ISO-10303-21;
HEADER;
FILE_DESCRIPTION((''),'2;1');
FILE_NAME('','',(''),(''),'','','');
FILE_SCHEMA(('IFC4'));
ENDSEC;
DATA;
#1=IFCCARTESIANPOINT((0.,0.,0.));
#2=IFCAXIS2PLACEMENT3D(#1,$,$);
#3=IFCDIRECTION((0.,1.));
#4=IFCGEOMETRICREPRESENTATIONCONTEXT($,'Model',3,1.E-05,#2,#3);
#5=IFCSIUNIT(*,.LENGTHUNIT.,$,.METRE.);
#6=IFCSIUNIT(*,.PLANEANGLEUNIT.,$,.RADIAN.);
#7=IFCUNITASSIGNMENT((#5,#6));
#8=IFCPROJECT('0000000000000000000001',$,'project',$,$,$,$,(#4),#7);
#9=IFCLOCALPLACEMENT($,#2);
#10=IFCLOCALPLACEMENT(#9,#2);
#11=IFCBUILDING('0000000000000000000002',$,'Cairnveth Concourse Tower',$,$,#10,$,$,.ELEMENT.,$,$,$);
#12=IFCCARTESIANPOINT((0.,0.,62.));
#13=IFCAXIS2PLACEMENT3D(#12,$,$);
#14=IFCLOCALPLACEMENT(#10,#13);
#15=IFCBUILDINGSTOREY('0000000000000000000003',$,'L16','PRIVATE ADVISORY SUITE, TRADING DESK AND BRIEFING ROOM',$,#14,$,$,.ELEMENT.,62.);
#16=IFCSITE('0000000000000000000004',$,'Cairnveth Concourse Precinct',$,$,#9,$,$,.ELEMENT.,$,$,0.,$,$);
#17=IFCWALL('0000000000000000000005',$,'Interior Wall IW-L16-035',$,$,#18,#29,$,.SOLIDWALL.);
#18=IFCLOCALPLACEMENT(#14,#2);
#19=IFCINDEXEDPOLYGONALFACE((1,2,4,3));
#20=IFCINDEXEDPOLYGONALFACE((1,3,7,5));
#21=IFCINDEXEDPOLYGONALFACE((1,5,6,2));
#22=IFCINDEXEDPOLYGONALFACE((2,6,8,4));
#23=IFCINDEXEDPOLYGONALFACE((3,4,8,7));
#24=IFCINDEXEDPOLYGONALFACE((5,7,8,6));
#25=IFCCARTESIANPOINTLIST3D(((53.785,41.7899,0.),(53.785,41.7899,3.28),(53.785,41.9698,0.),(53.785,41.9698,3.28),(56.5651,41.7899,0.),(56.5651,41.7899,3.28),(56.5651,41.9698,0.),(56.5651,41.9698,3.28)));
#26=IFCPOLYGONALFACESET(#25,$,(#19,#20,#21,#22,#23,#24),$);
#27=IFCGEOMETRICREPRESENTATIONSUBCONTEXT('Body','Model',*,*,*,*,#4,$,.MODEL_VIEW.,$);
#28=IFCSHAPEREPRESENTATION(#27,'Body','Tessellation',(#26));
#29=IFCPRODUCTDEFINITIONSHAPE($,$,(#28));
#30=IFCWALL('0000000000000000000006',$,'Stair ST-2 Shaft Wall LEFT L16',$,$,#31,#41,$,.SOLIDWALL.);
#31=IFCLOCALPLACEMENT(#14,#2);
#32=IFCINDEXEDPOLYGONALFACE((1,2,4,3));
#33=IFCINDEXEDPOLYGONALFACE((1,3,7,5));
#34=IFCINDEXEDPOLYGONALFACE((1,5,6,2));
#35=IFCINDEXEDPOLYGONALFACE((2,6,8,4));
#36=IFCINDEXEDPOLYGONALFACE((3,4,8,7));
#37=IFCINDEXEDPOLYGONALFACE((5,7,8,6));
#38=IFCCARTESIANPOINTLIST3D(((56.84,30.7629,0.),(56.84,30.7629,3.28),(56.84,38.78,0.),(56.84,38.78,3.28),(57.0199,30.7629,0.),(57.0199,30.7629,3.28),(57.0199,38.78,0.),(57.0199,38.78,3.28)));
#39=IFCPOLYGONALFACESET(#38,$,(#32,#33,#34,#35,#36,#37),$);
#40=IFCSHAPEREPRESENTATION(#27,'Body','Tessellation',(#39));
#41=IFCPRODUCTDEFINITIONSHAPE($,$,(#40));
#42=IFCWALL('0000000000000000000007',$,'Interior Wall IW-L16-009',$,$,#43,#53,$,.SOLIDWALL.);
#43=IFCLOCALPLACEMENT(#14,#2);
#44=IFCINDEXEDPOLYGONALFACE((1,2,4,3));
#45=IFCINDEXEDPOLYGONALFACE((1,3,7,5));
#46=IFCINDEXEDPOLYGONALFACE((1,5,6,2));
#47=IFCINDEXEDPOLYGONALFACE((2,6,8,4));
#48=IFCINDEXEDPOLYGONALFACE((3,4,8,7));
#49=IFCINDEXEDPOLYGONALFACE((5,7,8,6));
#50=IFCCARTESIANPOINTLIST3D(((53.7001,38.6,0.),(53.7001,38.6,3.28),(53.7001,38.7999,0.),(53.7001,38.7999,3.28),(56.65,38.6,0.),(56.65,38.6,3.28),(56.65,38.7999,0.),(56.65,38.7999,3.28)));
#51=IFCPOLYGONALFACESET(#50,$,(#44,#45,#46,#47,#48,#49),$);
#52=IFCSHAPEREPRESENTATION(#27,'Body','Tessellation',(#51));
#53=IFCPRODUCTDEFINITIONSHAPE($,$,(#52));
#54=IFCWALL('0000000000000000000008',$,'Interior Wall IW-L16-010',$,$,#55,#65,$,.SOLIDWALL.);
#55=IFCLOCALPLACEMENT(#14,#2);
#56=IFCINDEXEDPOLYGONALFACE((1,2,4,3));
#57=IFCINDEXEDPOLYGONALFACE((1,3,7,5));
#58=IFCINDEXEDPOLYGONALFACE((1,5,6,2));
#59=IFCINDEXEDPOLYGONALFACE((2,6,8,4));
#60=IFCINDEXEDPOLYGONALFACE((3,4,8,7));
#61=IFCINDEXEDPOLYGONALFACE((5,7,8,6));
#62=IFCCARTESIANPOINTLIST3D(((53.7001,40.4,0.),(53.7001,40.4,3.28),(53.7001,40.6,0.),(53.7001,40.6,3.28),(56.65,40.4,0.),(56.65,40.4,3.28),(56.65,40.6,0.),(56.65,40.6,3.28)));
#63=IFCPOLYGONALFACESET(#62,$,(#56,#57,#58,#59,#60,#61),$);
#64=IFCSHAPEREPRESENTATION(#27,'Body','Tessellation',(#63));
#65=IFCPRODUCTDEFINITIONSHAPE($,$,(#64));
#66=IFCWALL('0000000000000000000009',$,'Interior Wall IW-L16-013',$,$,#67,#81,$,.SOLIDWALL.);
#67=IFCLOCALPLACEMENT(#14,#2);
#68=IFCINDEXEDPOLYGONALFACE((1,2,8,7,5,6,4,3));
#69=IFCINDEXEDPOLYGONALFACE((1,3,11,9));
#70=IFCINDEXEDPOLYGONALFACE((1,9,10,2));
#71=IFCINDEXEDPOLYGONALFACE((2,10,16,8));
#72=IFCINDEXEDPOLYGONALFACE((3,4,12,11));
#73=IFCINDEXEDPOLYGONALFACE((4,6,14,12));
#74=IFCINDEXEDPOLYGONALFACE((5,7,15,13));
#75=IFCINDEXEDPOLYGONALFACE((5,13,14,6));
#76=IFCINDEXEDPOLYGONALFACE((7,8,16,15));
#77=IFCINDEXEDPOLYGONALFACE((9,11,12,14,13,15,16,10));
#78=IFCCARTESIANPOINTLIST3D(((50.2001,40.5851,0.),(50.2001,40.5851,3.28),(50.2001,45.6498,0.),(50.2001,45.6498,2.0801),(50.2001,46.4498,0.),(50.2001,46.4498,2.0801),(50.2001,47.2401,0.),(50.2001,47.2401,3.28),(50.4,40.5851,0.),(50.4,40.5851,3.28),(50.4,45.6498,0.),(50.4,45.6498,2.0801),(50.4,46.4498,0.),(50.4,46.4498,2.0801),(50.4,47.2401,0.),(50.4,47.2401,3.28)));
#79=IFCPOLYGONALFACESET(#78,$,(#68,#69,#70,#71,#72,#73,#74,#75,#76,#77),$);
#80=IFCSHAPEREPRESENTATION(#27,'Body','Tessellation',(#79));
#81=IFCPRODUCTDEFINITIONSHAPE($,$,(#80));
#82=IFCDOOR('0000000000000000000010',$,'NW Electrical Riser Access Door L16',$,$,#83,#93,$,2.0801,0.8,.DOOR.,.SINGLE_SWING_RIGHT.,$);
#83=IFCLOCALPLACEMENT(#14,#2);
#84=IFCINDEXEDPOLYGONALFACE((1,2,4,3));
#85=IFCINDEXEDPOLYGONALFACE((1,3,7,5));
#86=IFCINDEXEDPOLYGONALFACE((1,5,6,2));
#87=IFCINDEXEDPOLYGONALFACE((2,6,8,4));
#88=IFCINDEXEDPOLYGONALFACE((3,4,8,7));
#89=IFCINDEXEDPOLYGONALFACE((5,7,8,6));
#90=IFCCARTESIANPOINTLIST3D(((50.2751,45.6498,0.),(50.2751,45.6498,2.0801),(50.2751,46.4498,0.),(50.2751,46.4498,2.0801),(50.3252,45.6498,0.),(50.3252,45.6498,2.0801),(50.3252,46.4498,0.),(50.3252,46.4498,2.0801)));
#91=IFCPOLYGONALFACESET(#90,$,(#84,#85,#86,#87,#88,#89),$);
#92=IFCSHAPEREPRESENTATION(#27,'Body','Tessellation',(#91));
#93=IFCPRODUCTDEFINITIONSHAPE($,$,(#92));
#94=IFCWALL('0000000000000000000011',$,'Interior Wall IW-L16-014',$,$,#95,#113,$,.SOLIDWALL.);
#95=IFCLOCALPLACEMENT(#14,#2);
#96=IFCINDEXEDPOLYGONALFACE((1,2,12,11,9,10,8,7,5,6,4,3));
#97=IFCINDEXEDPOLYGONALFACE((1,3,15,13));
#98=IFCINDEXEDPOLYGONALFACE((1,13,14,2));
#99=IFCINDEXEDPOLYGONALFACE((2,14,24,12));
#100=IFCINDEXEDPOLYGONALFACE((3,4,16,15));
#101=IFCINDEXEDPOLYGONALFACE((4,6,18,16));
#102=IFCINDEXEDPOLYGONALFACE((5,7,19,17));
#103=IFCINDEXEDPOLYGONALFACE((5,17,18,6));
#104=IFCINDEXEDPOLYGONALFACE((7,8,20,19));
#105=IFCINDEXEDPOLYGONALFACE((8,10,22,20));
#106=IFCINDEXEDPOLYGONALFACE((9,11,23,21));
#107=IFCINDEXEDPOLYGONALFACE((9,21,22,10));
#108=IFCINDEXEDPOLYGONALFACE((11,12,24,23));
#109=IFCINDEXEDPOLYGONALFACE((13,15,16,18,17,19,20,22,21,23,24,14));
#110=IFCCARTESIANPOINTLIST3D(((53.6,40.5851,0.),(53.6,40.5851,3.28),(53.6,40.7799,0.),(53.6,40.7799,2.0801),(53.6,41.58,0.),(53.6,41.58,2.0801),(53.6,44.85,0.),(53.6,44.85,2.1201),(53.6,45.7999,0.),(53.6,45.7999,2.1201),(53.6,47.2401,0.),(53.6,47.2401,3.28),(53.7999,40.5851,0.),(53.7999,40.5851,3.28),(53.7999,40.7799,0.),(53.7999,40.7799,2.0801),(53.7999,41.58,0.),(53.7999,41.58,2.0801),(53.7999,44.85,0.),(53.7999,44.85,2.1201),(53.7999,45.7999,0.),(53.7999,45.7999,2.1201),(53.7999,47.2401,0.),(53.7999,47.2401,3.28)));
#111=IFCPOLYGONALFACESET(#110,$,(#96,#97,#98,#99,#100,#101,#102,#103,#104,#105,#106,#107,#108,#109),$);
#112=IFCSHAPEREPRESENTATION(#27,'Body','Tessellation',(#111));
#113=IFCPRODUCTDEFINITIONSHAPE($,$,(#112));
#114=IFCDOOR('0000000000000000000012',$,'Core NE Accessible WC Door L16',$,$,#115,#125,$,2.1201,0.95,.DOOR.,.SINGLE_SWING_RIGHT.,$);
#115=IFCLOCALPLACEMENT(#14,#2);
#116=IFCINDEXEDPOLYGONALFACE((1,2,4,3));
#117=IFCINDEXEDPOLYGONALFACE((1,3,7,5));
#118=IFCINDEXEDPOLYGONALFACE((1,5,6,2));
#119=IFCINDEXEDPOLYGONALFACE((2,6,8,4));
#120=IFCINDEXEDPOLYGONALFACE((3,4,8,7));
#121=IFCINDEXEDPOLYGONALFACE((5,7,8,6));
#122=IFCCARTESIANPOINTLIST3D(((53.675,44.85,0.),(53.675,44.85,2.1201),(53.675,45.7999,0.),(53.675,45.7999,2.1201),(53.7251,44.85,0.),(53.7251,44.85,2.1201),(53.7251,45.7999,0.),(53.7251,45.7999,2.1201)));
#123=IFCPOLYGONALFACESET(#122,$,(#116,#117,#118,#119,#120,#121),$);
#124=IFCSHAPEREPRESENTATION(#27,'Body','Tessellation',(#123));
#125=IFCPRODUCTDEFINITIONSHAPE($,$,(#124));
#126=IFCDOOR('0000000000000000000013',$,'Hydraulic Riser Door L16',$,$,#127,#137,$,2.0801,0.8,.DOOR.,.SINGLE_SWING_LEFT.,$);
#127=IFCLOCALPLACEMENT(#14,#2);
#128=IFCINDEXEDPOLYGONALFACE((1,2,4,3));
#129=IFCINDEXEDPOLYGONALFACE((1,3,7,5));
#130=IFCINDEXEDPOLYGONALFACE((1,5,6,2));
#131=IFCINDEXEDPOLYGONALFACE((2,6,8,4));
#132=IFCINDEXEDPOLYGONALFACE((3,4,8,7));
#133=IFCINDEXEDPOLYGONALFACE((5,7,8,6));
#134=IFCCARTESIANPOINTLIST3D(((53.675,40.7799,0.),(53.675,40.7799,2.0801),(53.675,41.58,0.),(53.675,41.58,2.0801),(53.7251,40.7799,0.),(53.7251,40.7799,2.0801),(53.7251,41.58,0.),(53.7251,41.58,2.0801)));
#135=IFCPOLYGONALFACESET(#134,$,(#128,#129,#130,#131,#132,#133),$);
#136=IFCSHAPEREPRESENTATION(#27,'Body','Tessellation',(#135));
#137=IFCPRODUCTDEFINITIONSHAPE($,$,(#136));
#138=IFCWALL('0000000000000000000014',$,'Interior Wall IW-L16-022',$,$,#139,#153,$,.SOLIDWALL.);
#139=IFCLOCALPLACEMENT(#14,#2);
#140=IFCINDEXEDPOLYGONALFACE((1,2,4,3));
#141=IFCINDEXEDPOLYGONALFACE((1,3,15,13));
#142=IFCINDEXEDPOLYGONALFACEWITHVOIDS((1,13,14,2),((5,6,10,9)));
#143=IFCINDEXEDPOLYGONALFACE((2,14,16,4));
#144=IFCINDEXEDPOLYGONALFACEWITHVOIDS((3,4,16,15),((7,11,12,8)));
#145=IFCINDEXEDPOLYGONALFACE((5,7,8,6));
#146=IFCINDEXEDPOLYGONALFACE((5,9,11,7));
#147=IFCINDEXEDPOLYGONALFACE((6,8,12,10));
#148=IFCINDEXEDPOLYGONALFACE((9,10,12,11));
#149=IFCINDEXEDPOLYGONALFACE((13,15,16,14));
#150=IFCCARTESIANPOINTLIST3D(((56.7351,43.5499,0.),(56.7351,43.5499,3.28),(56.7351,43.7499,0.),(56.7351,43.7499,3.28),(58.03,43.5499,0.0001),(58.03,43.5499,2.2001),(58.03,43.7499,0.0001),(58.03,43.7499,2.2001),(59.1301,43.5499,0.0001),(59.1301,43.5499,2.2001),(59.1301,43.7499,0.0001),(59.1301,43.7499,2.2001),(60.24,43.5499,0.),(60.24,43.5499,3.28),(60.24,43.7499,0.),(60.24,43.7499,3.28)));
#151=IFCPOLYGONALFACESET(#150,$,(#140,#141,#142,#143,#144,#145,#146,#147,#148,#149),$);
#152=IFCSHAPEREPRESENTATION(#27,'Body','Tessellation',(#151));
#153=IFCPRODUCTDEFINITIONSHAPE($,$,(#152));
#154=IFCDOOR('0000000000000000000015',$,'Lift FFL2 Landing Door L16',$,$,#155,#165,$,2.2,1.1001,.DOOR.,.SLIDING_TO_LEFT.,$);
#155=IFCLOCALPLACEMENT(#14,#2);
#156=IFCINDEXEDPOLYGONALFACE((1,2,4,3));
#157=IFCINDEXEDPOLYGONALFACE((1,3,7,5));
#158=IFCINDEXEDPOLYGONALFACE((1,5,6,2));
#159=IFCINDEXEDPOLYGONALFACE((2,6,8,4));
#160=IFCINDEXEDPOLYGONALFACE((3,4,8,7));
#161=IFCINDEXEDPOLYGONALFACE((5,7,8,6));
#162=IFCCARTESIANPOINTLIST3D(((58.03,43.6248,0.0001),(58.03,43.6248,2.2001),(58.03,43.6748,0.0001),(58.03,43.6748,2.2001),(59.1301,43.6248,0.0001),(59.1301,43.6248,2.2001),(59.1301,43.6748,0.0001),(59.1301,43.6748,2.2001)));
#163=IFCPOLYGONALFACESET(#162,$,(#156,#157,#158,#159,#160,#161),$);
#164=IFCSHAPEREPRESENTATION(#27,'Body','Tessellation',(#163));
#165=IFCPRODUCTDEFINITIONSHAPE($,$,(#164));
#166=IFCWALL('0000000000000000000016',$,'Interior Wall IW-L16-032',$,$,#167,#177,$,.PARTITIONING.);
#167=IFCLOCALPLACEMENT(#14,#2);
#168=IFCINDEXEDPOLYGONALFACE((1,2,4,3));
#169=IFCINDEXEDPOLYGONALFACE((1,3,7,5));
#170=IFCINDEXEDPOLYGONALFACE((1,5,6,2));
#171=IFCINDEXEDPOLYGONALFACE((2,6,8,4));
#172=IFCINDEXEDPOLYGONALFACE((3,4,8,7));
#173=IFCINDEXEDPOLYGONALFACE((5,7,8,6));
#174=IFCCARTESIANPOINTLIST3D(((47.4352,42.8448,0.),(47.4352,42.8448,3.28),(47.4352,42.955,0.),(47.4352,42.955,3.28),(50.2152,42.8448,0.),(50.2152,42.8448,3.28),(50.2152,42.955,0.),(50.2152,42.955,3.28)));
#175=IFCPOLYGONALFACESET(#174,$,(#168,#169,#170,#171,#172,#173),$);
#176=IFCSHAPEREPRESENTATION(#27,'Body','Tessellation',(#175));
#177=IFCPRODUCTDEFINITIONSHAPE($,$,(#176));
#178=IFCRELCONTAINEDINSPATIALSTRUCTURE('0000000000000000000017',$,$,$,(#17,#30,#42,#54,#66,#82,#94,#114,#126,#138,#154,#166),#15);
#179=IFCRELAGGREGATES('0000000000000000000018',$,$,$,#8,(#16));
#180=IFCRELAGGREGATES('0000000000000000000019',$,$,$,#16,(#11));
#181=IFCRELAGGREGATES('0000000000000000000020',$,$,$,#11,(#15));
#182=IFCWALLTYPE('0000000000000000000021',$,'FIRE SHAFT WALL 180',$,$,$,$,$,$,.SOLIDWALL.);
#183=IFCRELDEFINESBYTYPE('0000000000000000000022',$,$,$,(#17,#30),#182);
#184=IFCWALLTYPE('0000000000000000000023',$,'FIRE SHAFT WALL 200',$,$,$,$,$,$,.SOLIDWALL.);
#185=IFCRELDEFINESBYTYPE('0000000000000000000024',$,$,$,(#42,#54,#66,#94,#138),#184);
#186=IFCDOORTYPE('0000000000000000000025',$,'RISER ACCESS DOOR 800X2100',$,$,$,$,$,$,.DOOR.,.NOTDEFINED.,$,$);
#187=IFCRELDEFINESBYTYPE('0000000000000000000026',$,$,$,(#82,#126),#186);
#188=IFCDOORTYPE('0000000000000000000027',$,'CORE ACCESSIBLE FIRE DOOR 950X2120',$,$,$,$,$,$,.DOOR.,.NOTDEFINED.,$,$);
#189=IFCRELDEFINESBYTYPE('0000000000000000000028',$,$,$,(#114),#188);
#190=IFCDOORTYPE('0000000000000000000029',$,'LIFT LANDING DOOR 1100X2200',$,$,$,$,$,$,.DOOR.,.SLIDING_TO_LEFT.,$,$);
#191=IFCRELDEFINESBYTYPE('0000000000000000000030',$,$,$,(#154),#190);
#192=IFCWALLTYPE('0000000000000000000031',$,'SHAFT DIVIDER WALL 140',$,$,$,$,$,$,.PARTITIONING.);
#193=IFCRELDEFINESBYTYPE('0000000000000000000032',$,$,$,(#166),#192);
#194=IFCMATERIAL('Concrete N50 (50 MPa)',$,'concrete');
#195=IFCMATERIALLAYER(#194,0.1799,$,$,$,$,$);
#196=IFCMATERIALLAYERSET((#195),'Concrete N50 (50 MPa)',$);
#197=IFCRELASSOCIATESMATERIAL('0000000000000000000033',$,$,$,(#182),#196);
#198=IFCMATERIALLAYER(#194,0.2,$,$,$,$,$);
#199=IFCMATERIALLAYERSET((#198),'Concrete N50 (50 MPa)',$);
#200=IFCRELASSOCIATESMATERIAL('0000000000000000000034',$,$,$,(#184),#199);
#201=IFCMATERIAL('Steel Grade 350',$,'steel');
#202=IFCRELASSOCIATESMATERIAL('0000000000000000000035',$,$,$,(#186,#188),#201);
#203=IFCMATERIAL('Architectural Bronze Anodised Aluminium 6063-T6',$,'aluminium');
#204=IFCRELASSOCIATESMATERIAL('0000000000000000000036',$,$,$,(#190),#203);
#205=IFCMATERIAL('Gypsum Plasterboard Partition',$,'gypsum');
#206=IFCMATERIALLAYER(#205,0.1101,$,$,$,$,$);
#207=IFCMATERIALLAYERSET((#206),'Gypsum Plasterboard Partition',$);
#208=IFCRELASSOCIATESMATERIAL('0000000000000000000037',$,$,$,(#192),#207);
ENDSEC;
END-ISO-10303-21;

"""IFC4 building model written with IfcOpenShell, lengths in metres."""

from ifc_helpers import new_model, si_unit, direction, frame, frame_2d, origin, place, context, subcontext, project, spatial, rectangle, extrude, material, layer, layer_set, type_object, element, fill, save


model = new_model("IFC4")

# Units and contexts
model_context = context("Model", 3, precision=1e-05, world=origin(), true_north=direction((0.0, 1.0)))
body_context = subcontext(model_context, "Body", "Model", "MODEL_VIEW")
ifc_project = project(units=[si_unit("LENGTHUNIT", "METRE"), si_unit("PLANEANGLEUNIT", "RADIAN")], contexts=[model_context])

# Site, building, storey
site_placement = place(None, origin())
site = spatial("IfcSite", under=ifc_project, at=site_placement, Name="Cairnveth Concourse Precinct", CompositionType="ELEMENT", RefElevation=0.0)
building_placement = place(site_placement, origin())
building = spatial("IfcBuilding", under=site, at=building_placement, Name="Cairnveth Concourse Tower", CompositionType="ELEMENT")
storey_placement = place(building_placement, frame((0.0, 0.0, 62.0)))
storey = spatial("IfcBuildingStorey", under=building, at=storey_placement, Name="L16", Description="PRIVATE ADVISORY SUITE, TRADING DESK AND BRIEFING ROOM", CompositionType="ELEMENT", Elevation=62.0)

# Wall
ifc_material_1 = material(Name="Concrete N50 (50 MPa)", Category="concrete")
ifc_layer_1 = layer(ifc_material_1, 0.1799)
ifc_layer_set_1 = layer_set([ifc_layer_1], Name="Concrete N50 (50 MPa)")
wall_type_1 = type_object("IfcWallType", Name="FIRE SHAFT WALL 180", PredefinedType="SOLIDWALL", material=ifc_layer_set_1)
wall_1_placement = place(storey_placement, frame((53.7849, 41.8799, 0.0), z_axis=(0.0, 0.0, 1.0), x_axis=(1.0, 0.0, 0.0)))
element("IfcWall", 1, at=wall_1_placement, inside=storey, type_object=wall_type_1, Name="Interior Wall IW-L16-035", PredefinedType="SOLIDWALL", context=body_context, shape_type="SweptSolid", body=[
    extrude(rectangle(XDim=2.78, YDim=0.1799, at=frame_2d((1.3901, 0.0))), origin(), (0.0, 0.0, 1.0), 3.28),
])

# Shared definitions
ifc_material_2 = material(Name="Steel Grade 350", Category="steel")

# Walls
wall_2_placement = place(storey_placement, frame((56.9299, 38.78, 0.0), z_axis=(0.0, 0.0, 1.0), x_axis=(0.0, -1.0, 0.0)))
element("IfcWall", 2, at=wall_2_placement, inside=storey, type_object=wall_type_1, Name="Stair ST-2 Shaft Wall LEFT L16", PredefinedType="SOLIDWALL", context=body_context, shape_type="SweptSolid", body=[
    extrude(rectangle(XDim=8.0171, YDim=0.1799, at=frame_2d((4.0085, 0.0))), origin(), (0.0, 0.0, 1.0), 3.28),
])
ifc_layer_2 = layer(ifc_material_1, 0.2)
ifc_layer_set_2 = layer_set([ifc_layer_2], Name="Concrete N50 (50 MPa)")
wall_type_2 = type_object("IfcWallType", Name="FIRE SHAFT WALL 200", PredefinedType="SOLIDWALL", material=ifc_layer_set_2)
for number, where, z_axis, x_axis, name in (
    (3, (53.7, 38.7, 0.0), (0.0, 0.0, 1.0), (1.0, 0.0, 0.0), "Interior Wall IW-L16-009"),
    (4, (53.7, 40.5, 0.0), (0.0, 0.0, 1.0), (1.0, 0.0, 0.0), "Interior Wall IW-L16-010"),
):
    element("IfcWall", number, at=place(storey_placement, frame(where, z_axis=z_axis, x_axis=x_axis)), inside=storey, type_object=wall_type_2, Name=name, PredefinedType="SOLIDWALL", context=body_context, shape_type="SweptSolid", body=[
        extrude(rectangle(XDim=2.95, YDim=0.2, at=frame_2d((1.4751, 0.0))), origin(), (0.0, 0.0, 1.0), 3.28),
    ])

# Wall, opening, door
wall_3_placement = place(storey_placement, frame((50.3, 40.585, 0.0), z_axis=(0.0, 0.0, 1.0), x_axis=(0.0, 1.0, 0.0)))
wall_3 = element("IfcWall", 5, at=wall_3_placement, inside=storey, type_object=wall_type_2, Name="Interior Wall IW-L16-013", PredefinedType="SOLIDWALL", context=body_context, shape_type="SweptSolid", body=[
    extrude(rectangle(XDim=6.655, YDim=0.2, at=frame_2d((3.3276, 0.0))), origin(), (0.0, 0.0, 1.0), 3.28),
])
opening_1_placement = place(wall_3_placement, frame((5.0649, 0.0, 0.0)))
opening_1 = element("IfcOpeningElement", 6, at=opening_1_placement, cuts=wall_3, PredefinedType="OPENING", context=body_context, shape_type="SweptSolid", body=[
    extrude(rectangle(XDim=0.8, YDim=2.0801, at=frame_2d((0.3999, 1.04))), frame((0.0, 0.1099, 0.0), z_axis=(0.0, -1.0, 0.0), x_axis=(1.0, 0.0, 0.0)), (0.0, 0.0, 1.0), 0.22),
])
door_type_1 = type_object("IfcDoorType", Name="RISER ACCESS DOOR 800X2100", OperationType="NOTDEFINED", PredefinedType="DOOR", material=ifc_material_2)
door_1_placement = place(opening_1_placement, origin())
door_1 = element("IfcDoor", 7, at=door_1_placement, inside=storey, type_object=door_type_1, Name="NW Electrical Riser Access Door L16", OperationType="SINGLE_SWING_RIGHT", OverallHeight=2.0801, OverallWidth=0.8, PredefinedType="DOOR", context=body_context, shape_type="SweptSolid", body=[
    extrude(rectangle(XDim=0.8, YDim=2.0801, at=frame_2d((0.3999, 1.04))), frame((0.0, 0.0249, 0.0), z_axis=(0.0, -1.0, 0.0), x_axis=(1.0, 0.0, 0.0)), (0.0, 0.0, 1.0), 0.05),
])
fill(opening_1, door_1)

# Wall, openings, doors
wall_4_placement = place(storey_placement, frame((53.7, 40.585, 0.0), z_axis=(0.0, 0.0, 1.0), x_axis=(0.0, 1.0, 0.0)))
wall_4 = element("IfcWall", 8, at=wall_4_placement, inside=storey, type_object=wall_type_2, Name="Interior Wall IW-L16-014", PredefinedType="SOLIDWALL", context=body_context, shape_type="SweptSolid", body=[
    extrude(rectangle(XDim=6.655, YDim=0.2, at=frame_2d((3.3276, 0.0))), origin(), (0.0, 0.0, 1.0), 3.28),
])
opening_2_placement = place(wall_4_placement, frame((0.1951, 0.0, 0.0)))
opening_2 = element("IfcOpeningElement", 9, at=opening_2_placement, cuts=wall_4, PredefinedType="OPENING", context=body_context, shape_type="SweptSolid", body=[
    extrude(rectangle(XDim=0.8, YDim=2.0801, at=frame_2d((0.3999, 1.04))), frame((0.0, 0.1099, 0.0), z_axis=(0.0, -1.0, 0.0), x_axis=(1.0, 0.0, 0.0)), (0.0, 0.0, 1.0), 0.22),
])
opening_3_placement = place(wall_4_placement, frame((4.2649, 0.0, 0.0)))
opening_3 = element("IfcOpeningElement", 10, at=opening_3_placement, cuts=wall_4, PredefinedType="OPENING", context=body_context, shape_type="SweptSolid", body=[
    extrude(rectangle(XDim=0.95, YDim=2.1201, at=frame_2d((0.4751, 1.0601))), frame((0.0, 0.1099, 0.0), z_axis=(0.0, -1.0, 0.0), x_axis=(1.0, 0.0, 0.0)), (0.0, 0.0, 1.0), 0.22),
])
door_type_2 = type_object("IfcDoorType", Name="CORE ACCESSIBLE FIRE DOOR 950X2120", OperationType="NOTDEFINED", PredefinedType="DOOR", material=ifc_material_2)
door_2_placement = place(opening_3_placement, origin())
door_2 = element("IfcDoor", 11, at=door_2_placement, inside=storey, type_object=door_type_2, Name="Core NE Accessible WC Door L16", OperationType="SINGLE_SWING_RIGHT", OverallHeight=2.1201, OverallWidth=0.95, PredefinedType="DOOR", context=body_context, shape_type="SweptSolid", body=[
    extrude(rectangle(XDim=0.95, YDim=2.1201, at=frame_2d((0.4751, 1.0601))), frame((0.0, 0.0249, 0.0), z_axis=(0.0, -1.0, 0.0), x_axis=(1.0, 0.0, 0.0)), (0.0, 0.0, 1.0), 0.05),
])
fill(opening_3, door_2)
door_3_placement = place(opening_2_placement, origin())
door_3 = element("IfcDoor", 12, at=door_3_placement, inside=storey, type_object=door_type_1, Name="Hydraulic Riser Door L16", OperationType="SINGLE_SWING_LEFT", OverallHeight=2.0801, OverallWidth=0.8, PredefinedType="DOOR", context=body_context, shape_type="SweptSolid", body=[
    extrude(rectangle(XDim=0.8, YDim=2.0801, at=frame_2d((0.3999, 1.04))), frame((0.0, 0.0249, 0.0), z_axis=(0.0, -1.0, 0.0), x_axis=(1.0, 0.0, 0.0)), (0.0, 0.0, 1.0), 0.05),
])
fill(opening_2, door_3)

# Wall, opening, door
wall_5_placement = place(storey_placement, frame((56.7351, 43.6499, 0.0), z_axis=(0.0, 0.0, 1.0), x_axis=(1.0, 0.0, 0.0)))
wall_5 = element("IfcWall", 13, at=wall_5_placement, inside=storey, type_object=wall_type_2, Name="Interior Wall IW-L16-022", PredefinedType="SOLIDWALL", context=body_context, shape_type="SweptSolid", body=[
    extrude(rectangle(XDim=3.5049, YDim=0.2, at=frame_2d((1.7524, 0.0))), origin(), (0.0, 0.0, 1.0), 3.28),
])
opening_4_placement = place(wall_5_placement, frame((1.2949, 0.0, 0.0)))
opening_4 = element("IfcOpeningElement", 14, at=opening_4_placement, cuts=wall_5, PredefinedType="OPENING", context=body_context, shape_type="SweptSolid", body=[
    extrude(rectangle(XDim=1.1001, YDim=2.2, at=frame_2d((0.55, 1.1001))), frame((0.0, 0.1099, 0.0), z_axis=(0.0, -1.0, 0.0), x_axis=(1.0, 0.0, 0.0)), (0.0, 0.0, 1.0), 0.22),
])
ifc_material_3 = material(Name="Architectural Bronze Anodised Aluminium 6063-T6", Category="aluminium")
door_type_3 = type_object("IfcDoorType", Name="LIFT LANDING DOOR 1100X2200", OperationType="SLIDING_TO_LEFT", PredefinedType="DOOR", material=ifc_material_3)
door_4_placement = place(opening_4_placement, origin())
door_4 = element("IfcDoor", 15, at=door_4_placement, inside=storey, type_object=door_type_3, Name="Lift FFL2 Landing Door L16", OperationType="SLIDING_TO_LEFT", OverallHeight=2.2, OverallWidth=1.1001, PredefinedType="DOOR", context=body_context, shape_type="SweptSolid", body=[
    extrude(rectangle(XDim=1.1001, YDim=2.2, at=frame_2d((0.55, 1.1001))), frame((0.0, 0.0249, 0.0), z_axis=(0.0, -1.0, 0.0), x_axis=(1.0, 0.0, 0.0)), (0.0, 0.0, 1.0), 0.05),
])
fill(opening_4, door_4)

# Wall
ifc_material_4 = material(Name="Gypsum Plasterboard Partition", Category="gypsum")
ifc_layer_3 = layer(ifc_material_4, 0.1101)
ifc_layer_set_3 = layer_set([ifc_layer_3], Name="Gypsum Plasterboard Partition")
wall_type_3 = type_object("IfcWallType", Name="SHAFT DIVIDER WALL 140", PredefinedType="PARTITIONING", material=ifc_layer_set_3)
wall_6_placement = place(storey_placement, frame((47.4351, 42.8999, 0.0), z_axis=(0.0, 0.0, 1.0), x_axis=(1.0, 0.0, 0.0)))
element("IfcWall", 16, at=wall_6_placement, inside=storey, type_object=wall_type_3, Name="Interior Wall IW-L16-032", PredefinedType="PARTITIONING", context=body_context, shape_type="SweptSolid", body=[
    extrude(rectangle(XDim=2.78, YDim=0.1101, at=frame_2d((1.3901, 0.0))), origin(), (0.0, 0.0, 1.0), 3.28),
])

save(model, "model.ifc")
